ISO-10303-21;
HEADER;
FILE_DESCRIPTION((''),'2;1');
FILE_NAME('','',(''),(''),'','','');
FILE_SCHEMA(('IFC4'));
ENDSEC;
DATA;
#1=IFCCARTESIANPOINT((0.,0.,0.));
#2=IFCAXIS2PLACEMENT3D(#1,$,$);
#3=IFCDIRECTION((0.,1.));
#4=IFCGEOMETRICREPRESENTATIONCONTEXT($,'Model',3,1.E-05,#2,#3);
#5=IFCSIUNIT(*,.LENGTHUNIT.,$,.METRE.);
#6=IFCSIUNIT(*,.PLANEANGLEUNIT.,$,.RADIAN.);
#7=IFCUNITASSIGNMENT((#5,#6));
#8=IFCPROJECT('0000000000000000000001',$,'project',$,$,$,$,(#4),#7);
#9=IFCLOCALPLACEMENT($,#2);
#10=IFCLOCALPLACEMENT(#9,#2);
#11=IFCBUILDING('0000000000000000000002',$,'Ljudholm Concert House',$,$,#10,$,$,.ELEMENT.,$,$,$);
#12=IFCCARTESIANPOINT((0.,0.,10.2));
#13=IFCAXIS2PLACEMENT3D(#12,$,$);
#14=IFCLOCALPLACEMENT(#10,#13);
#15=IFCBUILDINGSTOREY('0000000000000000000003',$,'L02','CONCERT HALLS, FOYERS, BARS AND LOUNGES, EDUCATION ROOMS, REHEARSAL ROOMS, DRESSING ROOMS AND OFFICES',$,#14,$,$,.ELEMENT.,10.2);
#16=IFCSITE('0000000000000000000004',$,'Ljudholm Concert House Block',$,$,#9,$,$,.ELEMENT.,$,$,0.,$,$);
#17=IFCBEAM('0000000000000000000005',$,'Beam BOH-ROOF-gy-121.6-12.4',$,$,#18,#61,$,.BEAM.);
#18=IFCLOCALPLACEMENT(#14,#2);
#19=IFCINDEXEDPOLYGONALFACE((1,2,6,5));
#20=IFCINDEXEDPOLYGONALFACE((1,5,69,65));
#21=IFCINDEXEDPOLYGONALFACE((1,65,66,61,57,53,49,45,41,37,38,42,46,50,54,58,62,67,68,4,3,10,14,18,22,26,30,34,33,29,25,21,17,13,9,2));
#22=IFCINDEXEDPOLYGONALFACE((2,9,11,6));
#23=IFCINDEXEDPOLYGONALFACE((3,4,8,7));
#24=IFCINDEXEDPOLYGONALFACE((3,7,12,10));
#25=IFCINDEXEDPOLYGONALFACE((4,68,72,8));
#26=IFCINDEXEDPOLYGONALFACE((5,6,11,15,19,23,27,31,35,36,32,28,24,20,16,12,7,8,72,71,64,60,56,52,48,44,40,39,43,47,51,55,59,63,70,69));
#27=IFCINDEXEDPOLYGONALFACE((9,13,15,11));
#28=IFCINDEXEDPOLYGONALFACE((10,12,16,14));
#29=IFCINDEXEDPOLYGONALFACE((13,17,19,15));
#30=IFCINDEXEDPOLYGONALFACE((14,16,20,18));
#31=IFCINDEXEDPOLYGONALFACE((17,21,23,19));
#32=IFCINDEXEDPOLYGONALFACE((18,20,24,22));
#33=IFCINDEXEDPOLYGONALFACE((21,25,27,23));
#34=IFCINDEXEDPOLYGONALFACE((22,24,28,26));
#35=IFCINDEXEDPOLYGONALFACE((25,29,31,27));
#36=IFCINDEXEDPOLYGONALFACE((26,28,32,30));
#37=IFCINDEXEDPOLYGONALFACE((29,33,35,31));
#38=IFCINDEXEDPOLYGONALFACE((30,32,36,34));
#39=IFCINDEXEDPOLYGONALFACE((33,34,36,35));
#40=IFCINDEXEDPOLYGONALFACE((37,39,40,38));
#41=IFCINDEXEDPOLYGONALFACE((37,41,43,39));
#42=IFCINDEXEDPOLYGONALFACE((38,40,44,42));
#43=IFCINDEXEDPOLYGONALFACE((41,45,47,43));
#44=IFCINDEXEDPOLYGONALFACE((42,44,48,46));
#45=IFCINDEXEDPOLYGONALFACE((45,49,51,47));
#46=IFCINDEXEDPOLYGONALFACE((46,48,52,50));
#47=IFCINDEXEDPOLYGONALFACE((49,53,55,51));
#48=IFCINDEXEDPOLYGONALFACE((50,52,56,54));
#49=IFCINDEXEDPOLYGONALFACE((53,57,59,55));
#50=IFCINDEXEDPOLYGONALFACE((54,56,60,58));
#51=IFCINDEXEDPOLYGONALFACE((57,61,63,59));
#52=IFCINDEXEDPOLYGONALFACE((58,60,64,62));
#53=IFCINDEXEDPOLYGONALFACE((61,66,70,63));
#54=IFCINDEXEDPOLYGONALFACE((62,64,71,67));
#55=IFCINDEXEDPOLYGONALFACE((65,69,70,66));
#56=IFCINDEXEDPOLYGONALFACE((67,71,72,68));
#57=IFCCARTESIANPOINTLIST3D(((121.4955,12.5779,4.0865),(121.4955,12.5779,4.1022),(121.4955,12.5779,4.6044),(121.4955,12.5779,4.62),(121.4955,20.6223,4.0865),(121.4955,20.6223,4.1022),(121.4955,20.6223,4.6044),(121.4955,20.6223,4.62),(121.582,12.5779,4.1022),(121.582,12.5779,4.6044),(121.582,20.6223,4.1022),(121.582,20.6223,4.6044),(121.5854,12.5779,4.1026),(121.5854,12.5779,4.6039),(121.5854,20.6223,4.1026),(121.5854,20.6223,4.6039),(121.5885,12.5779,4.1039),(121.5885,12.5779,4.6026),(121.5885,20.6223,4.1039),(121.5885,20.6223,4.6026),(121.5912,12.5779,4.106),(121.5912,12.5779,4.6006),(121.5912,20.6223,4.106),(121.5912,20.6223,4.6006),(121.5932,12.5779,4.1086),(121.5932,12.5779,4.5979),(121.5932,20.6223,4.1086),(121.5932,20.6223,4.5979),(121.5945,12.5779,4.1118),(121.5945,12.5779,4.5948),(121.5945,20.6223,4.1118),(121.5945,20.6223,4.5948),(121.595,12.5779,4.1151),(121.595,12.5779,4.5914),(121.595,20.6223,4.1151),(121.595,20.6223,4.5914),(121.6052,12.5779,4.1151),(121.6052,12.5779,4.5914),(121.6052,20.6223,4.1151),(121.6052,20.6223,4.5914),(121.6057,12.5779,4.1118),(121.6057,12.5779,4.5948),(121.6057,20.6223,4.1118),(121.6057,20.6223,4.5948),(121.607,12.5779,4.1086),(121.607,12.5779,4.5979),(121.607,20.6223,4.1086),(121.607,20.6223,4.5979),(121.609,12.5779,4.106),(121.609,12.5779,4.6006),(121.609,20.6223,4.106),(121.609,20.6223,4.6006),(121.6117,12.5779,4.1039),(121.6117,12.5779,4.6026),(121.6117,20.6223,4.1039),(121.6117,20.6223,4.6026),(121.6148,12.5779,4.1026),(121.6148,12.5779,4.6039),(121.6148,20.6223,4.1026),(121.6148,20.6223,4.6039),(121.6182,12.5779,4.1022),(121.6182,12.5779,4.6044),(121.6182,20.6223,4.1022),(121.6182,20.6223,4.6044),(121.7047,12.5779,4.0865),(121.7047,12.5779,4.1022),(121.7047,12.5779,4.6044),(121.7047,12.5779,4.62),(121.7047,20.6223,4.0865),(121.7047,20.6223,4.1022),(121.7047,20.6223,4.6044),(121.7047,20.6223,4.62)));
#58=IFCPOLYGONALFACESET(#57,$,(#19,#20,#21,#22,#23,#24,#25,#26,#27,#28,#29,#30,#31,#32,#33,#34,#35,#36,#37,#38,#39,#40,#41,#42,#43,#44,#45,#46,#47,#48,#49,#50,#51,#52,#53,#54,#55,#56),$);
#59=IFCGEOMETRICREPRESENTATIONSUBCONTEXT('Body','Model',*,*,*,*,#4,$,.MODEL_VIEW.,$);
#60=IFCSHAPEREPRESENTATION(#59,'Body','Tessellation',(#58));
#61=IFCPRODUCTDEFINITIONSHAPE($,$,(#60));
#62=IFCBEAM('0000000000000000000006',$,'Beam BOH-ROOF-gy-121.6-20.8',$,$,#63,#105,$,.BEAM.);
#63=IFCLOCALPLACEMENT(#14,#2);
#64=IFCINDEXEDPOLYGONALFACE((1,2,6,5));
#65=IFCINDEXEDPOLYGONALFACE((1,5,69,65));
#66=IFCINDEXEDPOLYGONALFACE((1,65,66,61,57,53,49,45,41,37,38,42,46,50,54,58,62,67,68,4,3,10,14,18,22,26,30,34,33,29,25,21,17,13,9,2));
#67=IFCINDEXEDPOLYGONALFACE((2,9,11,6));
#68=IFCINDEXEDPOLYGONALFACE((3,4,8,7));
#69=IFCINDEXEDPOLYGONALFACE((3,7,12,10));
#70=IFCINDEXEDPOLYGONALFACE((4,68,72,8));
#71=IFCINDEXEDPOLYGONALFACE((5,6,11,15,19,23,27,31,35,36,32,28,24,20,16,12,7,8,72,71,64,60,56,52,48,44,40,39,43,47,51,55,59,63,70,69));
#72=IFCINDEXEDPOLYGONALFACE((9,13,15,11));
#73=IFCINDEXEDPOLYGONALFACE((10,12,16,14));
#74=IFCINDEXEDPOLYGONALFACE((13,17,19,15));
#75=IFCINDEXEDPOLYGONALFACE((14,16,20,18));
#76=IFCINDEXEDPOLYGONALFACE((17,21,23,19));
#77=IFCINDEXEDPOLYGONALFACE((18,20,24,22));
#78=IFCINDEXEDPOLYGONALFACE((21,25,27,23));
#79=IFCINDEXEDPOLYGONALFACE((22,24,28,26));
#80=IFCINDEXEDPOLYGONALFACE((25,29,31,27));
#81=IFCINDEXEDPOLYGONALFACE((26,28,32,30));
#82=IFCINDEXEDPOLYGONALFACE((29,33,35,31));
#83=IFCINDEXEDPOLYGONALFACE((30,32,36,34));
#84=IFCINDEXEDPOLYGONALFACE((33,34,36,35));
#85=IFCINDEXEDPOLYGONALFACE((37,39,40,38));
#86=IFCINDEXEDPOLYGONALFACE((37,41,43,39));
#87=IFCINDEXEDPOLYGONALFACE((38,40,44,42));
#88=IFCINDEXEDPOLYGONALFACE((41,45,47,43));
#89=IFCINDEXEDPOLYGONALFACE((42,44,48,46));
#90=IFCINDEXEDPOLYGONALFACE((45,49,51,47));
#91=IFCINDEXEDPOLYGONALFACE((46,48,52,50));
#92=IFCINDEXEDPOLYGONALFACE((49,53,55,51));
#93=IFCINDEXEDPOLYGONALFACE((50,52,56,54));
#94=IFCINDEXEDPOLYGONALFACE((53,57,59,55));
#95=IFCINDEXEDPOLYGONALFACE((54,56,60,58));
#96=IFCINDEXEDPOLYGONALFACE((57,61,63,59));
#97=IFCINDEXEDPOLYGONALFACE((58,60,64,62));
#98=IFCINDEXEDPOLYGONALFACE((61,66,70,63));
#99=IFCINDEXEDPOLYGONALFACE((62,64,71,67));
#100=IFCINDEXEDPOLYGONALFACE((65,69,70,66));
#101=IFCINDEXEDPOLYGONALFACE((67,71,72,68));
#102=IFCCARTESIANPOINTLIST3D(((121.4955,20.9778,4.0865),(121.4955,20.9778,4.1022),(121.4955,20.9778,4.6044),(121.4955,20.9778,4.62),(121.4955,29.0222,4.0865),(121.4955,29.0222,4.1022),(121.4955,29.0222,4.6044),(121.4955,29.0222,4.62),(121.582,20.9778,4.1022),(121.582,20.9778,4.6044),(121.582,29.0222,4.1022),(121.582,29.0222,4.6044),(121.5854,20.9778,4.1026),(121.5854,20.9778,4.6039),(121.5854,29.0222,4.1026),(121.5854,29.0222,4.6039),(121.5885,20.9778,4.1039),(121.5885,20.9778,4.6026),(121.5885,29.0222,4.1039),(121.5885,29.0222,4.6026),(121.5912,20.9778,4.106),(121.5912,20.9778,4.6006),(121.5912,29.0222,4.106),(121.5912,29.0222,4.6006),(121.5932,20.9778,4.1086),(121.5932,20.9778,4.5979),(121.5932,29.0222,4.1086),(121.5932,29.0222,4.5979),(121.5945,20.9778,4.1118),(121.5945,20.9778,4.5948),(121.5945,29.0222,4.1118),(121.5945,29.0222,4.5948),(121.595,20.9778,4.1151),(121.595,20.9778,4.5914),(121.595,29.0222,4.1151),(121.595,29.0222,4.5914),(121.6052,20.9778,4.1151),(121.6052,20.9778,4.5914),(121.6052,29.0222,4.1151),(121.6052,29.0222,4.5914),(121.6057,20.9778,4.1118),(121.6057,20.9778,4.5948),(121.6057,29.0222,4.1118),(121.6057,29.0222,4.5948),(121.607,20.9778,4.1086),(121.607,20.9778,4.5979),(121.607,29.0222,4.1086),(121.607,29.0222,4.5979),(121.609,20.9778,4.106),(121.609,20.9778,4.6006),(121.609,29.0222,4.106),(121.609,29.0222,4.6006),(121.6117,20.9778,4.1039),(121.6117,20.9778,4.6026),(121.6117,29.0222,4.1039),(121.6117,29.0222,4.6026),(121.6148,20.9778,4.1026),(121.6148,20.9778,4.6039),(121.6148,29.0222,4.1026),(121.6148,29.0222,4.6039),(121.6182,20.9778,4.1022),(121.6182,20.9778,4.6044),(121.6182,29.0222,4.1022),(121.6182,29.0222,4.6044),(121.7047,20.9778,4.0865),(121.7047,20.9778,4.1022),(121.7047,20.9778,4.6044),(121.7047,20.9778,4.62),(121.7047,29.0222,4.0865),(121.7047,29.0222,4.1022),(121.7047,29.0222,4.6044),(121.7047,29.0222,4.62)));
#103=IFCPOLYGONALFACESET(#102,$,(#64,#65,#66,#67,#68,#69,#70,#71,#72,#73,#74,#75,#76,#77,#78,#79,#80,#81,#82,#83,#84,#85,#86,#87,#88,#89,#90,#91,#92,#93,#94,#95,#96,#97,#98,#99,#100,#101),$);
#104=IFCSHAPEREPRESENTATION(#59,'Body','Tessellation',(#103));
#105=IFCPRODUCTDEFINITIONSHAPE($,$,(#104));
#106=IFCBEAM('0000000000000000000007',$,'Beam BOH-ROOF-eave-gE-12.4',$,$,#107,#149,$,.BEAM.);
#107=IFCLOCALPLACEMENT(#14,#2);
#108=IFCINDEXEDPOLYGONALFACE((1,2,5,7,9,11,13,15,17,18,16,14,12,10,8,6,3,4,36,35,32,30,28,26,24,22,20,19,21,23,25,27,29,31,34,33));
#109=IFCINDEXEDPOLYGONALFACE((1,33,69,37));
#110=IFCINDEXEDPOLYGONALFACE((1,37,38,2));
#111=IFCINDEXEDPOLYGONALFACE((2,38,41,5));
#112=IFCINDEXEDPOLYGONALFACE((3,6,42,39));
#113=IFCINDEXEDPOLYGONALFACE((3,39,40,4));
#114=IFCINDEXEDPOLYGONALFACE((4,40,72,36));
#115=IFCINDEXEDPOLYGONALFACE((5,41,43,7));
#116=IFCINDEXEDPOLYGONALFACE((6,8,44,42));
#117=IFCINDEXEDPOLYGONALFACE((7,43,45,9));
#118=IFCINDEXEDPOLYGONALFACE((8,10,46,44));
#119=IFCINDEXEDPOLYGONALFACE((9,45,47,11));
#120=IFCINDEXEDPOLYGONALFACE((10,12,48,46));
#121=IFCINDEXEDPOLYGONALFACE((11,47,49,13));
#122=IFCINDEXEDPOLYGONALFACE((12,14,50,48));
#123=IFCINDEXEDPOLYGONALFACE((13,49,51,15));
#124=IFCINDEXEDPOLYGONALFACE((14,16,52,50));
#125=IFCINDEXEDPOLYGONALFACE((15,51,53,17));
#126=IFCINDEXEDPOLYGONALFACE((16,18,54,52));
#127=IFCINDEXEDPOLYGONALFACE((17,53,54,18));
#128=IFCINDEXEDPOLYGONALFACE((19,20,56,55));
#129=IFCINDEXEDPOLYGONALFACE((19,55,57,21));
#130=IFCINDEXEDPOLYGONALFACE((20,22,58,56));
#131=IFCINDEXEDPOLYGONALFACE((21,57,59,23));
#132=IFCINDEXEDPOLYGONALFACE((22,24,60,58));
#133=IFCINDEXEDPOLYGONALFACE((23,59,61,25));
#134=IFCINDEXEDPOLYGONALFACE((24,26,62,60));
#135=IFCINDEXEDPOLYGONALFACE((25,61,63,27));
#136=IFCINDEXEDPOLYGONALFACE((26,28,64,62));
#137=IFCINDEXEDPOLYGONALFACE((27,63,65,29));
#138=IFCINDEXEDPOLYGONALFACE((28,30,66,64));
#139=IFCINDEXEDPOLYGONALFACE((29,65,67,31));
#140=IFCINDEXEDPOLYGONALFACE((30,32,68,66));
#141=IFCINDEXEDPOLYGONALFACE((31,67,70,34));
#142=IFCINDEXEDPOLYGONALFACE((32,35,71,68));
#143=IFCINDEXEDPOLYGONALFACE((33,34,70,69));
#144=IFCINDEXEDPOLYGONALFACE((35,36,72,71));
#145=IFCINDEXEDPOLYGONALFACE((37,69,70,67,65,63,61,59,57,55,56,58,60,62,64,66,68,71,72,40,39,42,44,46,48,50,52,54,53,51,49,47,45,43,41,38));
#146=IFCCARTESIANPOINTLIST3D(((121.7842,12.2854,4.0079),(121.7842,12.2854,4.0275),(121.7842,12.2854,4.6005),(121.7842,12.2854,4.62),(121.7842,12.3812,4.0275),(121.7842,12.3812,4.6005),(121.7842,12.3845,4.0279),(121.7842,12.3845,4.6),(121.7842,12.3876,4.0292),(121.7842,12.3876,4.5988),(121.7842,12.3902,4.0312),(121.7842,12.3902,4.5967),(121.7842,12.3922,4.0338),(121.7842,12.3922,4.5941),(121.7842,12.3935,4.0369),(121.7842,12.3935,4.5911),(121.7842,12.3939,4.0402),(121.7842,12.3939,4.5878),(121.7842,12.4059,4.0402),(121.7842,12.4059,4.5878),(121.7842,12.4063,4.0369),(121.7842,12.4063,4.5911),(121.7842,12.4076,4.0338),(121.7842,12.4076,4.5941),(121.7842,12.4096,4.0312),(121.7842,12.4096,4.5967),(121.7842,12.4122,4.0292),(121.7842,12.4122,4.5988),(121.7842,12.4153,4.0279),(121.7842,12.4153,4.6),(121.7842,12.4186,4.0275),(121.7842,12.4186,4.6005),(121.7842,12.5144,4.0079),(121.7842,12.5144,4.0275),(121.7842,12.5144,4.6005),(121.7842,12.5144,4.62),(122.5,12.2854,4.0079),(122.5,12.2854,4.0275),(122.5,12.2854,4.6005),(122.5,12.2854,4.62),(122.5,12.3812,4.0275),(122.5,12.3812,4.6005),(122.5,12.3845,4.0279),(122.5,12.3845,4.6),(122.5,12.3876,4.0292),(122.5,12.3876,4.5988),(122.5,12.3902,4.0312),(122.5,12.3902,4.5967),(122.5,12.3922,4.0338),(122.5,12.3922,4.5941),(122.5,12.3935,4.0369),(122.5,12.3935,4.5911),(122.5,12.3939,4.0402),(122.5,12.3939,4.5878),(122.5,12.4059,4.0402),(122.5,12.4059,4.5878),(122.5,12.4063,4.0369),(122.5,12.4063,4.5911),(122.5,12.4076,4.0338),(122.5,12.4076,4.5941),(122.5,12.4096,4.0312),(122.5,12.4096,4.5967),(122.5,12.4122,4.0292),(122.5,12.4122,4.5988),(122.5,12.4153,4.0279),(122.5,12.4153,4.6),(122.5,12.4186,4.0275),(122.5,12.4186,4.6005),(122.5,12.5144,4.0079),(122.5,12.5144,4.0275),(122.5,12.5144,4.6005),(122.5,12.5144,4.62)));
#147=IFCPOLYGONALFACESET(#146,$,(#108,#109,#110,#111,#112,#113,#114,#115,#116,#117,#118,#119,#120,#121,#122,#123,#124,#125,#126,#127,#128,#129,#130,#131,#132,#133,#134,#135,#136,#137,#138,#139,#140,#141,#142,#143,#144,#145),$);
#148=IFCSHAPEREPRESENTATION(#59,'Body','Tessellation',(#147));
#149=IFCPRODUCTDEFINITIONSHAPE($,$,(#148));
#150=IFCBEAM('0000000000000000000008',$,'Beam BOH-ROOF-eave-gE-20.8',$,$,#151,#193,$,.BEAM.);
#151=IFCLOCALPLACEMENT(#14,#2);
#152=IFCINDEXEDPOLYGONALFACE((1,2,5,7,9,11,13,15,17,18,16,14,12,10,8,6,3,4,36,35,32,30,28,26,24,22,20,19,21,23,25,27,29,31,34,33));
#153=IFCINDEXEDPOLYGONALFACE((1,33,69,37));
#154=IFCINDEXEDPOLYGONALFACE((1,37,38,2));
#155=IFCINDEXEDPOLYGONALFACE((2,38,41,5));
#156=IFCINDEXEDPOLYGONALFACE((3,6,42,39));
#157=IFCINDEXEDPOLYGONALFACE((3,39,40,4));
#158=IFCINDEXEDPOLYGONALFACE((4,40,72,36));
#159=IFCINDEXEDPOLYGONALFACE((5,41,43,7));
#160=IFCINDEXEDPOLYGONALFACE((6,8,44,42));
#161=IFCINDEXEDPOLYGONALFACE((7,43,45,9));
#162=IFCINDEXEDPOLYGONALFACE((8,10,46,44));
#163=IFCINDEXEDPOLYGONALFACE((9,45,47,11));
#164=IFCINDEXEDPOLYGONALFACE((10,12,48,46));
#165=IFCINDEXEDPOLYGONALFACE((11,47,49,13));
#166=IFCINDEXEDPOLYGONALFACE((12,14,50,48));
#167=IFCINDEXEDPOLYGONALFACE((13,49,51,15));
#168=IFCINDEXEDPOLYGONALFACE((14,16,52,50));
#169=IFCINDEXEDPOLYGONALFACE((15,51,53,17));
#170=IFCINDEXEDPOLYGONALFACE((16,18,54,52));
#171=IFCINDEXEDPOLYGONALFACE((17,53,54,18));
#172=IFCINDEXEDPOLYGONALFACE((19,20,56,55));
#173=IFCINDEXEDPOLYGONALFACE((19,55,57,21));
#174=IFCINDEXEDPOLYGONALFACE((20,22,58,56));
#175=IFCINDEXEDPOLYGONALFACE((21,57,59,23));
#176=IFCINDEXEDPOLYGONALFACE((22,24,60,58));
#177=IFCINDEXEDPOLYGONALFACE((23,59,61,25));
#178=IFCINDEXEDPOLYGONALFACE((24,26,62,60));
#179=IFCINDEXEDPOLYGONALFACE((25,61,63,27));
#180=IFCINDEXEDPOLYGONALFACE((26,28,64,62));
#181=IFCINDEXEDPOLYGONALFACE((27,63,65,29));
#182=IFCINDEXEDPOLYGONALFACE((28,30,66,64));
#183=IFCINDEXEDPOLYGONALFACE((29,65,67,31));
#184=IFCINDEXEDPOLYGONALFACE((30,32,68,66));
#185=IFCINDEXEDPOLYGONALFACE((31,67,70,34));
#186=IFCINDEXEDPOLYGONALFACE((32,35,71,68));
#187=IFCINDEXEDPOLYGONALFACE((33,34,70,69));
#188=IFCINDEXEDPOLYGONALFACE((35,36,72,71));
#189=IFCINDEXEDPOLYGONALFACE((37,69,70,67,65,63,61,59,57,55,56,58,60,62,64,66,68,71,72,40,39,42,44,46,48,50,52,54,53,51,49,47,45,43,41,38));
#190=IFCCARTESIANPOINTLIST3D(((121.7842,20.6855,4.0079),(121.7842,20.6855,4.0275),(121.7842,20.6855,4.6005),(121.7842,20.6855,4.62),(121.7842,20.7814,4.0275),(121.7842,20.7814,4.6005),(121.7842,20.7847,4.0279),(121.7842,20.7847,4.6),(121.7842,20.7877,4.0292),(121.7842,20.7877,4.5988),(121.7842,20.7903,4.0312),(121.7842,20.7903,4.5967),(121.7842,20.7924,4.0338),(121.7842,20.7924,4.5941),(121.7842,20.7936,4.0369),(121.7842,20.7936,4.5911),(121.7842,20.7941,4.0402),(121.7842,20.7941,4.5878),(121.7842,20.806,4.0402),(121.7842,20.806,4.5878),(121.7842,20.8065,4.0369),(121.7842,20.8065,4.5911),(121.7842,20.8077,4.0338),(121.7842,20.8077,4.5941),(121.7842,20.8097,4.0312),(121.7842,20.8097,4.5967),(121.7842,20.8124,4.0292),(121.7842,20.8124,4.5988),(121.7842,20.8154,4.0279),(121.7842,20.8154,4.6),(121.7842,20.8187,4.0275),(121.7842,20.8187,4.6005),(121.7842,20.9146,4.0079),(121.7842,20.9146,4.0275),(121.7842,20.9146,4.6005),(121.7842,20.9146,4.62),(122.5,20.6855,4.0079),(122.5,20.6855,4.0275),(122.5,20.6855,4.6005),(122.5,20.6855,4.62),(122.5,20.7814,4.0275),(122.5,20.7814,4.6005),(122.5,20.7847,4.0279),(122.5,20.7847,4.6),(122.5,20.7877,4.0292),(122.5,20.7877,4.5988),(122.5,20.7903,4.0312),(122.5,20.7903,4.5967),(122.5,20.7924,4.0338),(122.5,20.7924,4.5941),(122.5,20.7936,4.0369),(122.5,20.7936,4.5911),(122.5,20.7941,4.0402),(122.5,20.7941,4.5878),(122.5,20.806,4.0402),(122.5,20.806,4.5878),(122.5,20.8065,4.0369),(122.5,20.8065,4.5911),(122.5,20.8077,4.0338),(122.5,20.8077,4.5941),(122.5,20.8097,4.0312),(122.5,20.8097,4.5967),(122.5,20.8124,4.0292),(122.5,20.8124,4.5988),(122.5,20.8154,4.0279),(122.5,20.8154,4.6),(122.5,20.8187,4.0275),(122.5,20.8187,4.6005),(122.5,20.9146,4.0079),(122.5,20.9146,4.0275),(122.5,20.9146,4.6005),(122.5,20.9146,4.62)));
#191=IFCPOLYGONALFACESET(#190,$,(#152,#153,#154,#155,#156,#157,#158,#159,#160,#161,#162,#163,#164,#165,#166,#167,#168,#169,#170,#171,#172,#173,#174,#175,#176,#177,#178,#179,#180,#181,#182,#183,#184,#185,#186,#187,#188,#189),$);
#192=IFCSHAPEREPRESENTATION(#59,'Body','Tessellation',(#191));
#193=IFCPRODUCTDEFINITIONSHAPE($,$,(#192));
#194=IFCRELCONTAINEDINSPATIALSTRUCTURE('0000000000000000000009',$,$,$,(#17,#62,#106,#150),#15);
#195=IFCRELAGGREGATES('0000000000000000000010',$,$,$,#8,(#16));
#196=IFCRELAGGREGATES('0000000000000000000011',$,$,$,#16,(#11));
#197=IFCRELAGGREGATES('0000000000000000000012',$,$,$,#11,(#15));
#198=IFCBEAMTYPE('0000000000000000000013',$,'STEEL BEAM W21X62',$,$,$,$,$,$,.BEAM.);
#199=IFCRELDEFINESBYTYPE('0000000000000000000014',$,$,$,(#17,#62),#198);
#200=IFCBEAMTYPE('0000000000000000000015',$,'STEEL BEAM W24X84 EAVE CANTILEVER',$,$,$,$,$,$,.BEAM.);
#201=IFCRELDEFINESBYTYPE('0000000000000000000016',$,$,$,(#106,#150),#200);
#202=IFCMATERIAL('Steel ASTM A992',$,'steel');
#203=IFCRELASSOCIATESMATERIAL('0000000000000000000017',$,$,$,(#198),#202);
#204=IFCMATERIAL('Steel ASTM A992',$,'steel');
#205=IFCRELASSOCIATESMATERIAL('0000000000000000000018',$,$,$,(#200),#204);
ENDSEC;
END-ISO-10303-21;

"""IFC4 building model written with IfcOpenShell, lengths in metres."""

from ifc_helpers import new_model, si_unit, direction, frame, origin, origin_2d, place, context, subcontext, project, spatial, i_section, extrude, material, material_profile, profile_set, type_object, element, save


model = new_model("IFC4")

# Units and contexts
model_context = context("Model", 3, precision=1e-05, world=origin(), true_north=direction((0.0, 1.0)))
body_context = subcontext(model_context, "Body", "Model", "MODEL_VIEW")
ifc_project = project(units=[si_unit("LENGTHUNIT", "METRE"), si_unit("PLANEANGLEUNIT", "RADIAN")], contexts=[model_context])

# Site, building, storey
site_placement = place(None, origin())
site = spatial("IfcSite", under=ifc_project, at=site_placement, Name="Ljudholm Concert House Block", CompositionType="ELEMENT", RefElevation=0.0)
building_placement = place(site_placement, origin())
building = spatial("IfcBuilding", under=site, at=building_placement, Name="Ljudholm Concert House", CompositionType="ELEMENT")
storey_placement = place(building_placement, frame((0.0, 0.0, 10.2)))
storey = spatial("IfcBuildingStorey", under=building, at=storey_placement, Name="L02", Description="CONCERT HALLS, FOYERS, BARS AND LOUNGES, EDUCATION ROOMS, REHEARSAL ROOMS, DRESSING ROOMS AND OFFICES", CompositionType="ELEMENT", Elevation=10.2)

# Beams
ifc_material_1 = material(Name="Steel ASTM A992", Category="steel")
ifc_material_profile_1 = material_profile(ifc_material_1, i_section(OverallWidth=0.2092, OverallDepth=0.5334, WebThickness=0.0103, FlangeThickness=0.0156, FilletRadius=0.0129, at=origin_2d()), Name="W21X62")
ifc_profile_set_1 = profile_set([ifc_material_profile_1], Name="Steel ASTM A992")
beam_type_1 = type_object("IfcBeamType", Name="STEEL BEAM W21X62", PredefinedType="BEAM", material=ifc_profile_set_1)
for number, where, z_axis, x_axis, name in (
    (1, (121.6001, 12.5779, 4.3533), (0.0, 1.0, 0.0), (-1.0, 0.0, 0.0), "Beam BOH-ROOF-gy-121.6-12.4"),
    (2, (121.6001, 20.9778, 4.3533), (0.0, 1.0, 0.0), (-1.0, 0.0, 0.0), "Beam BOH-ROOF-gy-121.6-20.8"),
):
    element("IfcBeam", number, at=place(storey_placement, frame(where, z_axis=z_axis, x_axis=x_axis)), inside=storey, type_object=beam_type_1, Name=name, PredefinedType="BEAM", context=body_context, shape_type="SweptSolid", body=[
        extrude(i_section(OverallWidth=0.2092, OverallDepth=0.5334, WebThickness=0.0103, FlangeThickness=0.0156, FilletRadius=0.0129, at=origin_2d()), origin(), (0.0, 0.0, 1.0), 8.0444),
    ])
ifc_material_2 = material(Name="Steel ASTM A992", Category="steel")
ifc_material_profile_2 = material_profile(ifc_material_2, i_section(OverallWidth=0.229, OverallDepth=0.6121, WebThickness=0.012, FlangeThickness=0.0195, FilletRadius=0.0127, at=origin_2d()), Name="W24X84")
ifc_profile_set_2 = profile_set([ifc_material_profile_2], Name="Steel ASTM A992")
beam_type_2 = type_object("IfcBeamType", Name="STEEL BEAM W24X84 EAVE CANTILEVER", PredefinedType="BEAM", material=ifc_profile_set_2)
for number, where, z_axis, x_axis, name in (
    (3, (121.7842, 12.3999, 4.314), (1.0, 0.0, 0.0), (0.0, 1.0, 0.0), "Beam BOH-ROOF-eave-gE-12.4"),
    (4, (121.7842, 20.8, 4.314), (1.0, 0.0, 0.0), (0.0, 1.0, 0.0), "Beam BOH-ROOF-eave-gE-20.8"),
):
    element("IfcBeam", number, at=place(storey_placement, frame(where, z_axis=z_axis, x_axis=x_axis)), inside=storey, type_object=beam_type_2, Name=name, PredefinedType="BEAM", context=body_context, shape_type="SweptSolid", body=[
        extrude(i_section(OverallWidth=0.229, OverallDepth=0.6121, WebThickness=0.012, FlangeThickness=0.0195, FilletRadius=0.0127, at=origin_2d()), origin(), (0.0, 0.0, 1.0), 0.7158),
    ])

save(model, "model.ifc")
